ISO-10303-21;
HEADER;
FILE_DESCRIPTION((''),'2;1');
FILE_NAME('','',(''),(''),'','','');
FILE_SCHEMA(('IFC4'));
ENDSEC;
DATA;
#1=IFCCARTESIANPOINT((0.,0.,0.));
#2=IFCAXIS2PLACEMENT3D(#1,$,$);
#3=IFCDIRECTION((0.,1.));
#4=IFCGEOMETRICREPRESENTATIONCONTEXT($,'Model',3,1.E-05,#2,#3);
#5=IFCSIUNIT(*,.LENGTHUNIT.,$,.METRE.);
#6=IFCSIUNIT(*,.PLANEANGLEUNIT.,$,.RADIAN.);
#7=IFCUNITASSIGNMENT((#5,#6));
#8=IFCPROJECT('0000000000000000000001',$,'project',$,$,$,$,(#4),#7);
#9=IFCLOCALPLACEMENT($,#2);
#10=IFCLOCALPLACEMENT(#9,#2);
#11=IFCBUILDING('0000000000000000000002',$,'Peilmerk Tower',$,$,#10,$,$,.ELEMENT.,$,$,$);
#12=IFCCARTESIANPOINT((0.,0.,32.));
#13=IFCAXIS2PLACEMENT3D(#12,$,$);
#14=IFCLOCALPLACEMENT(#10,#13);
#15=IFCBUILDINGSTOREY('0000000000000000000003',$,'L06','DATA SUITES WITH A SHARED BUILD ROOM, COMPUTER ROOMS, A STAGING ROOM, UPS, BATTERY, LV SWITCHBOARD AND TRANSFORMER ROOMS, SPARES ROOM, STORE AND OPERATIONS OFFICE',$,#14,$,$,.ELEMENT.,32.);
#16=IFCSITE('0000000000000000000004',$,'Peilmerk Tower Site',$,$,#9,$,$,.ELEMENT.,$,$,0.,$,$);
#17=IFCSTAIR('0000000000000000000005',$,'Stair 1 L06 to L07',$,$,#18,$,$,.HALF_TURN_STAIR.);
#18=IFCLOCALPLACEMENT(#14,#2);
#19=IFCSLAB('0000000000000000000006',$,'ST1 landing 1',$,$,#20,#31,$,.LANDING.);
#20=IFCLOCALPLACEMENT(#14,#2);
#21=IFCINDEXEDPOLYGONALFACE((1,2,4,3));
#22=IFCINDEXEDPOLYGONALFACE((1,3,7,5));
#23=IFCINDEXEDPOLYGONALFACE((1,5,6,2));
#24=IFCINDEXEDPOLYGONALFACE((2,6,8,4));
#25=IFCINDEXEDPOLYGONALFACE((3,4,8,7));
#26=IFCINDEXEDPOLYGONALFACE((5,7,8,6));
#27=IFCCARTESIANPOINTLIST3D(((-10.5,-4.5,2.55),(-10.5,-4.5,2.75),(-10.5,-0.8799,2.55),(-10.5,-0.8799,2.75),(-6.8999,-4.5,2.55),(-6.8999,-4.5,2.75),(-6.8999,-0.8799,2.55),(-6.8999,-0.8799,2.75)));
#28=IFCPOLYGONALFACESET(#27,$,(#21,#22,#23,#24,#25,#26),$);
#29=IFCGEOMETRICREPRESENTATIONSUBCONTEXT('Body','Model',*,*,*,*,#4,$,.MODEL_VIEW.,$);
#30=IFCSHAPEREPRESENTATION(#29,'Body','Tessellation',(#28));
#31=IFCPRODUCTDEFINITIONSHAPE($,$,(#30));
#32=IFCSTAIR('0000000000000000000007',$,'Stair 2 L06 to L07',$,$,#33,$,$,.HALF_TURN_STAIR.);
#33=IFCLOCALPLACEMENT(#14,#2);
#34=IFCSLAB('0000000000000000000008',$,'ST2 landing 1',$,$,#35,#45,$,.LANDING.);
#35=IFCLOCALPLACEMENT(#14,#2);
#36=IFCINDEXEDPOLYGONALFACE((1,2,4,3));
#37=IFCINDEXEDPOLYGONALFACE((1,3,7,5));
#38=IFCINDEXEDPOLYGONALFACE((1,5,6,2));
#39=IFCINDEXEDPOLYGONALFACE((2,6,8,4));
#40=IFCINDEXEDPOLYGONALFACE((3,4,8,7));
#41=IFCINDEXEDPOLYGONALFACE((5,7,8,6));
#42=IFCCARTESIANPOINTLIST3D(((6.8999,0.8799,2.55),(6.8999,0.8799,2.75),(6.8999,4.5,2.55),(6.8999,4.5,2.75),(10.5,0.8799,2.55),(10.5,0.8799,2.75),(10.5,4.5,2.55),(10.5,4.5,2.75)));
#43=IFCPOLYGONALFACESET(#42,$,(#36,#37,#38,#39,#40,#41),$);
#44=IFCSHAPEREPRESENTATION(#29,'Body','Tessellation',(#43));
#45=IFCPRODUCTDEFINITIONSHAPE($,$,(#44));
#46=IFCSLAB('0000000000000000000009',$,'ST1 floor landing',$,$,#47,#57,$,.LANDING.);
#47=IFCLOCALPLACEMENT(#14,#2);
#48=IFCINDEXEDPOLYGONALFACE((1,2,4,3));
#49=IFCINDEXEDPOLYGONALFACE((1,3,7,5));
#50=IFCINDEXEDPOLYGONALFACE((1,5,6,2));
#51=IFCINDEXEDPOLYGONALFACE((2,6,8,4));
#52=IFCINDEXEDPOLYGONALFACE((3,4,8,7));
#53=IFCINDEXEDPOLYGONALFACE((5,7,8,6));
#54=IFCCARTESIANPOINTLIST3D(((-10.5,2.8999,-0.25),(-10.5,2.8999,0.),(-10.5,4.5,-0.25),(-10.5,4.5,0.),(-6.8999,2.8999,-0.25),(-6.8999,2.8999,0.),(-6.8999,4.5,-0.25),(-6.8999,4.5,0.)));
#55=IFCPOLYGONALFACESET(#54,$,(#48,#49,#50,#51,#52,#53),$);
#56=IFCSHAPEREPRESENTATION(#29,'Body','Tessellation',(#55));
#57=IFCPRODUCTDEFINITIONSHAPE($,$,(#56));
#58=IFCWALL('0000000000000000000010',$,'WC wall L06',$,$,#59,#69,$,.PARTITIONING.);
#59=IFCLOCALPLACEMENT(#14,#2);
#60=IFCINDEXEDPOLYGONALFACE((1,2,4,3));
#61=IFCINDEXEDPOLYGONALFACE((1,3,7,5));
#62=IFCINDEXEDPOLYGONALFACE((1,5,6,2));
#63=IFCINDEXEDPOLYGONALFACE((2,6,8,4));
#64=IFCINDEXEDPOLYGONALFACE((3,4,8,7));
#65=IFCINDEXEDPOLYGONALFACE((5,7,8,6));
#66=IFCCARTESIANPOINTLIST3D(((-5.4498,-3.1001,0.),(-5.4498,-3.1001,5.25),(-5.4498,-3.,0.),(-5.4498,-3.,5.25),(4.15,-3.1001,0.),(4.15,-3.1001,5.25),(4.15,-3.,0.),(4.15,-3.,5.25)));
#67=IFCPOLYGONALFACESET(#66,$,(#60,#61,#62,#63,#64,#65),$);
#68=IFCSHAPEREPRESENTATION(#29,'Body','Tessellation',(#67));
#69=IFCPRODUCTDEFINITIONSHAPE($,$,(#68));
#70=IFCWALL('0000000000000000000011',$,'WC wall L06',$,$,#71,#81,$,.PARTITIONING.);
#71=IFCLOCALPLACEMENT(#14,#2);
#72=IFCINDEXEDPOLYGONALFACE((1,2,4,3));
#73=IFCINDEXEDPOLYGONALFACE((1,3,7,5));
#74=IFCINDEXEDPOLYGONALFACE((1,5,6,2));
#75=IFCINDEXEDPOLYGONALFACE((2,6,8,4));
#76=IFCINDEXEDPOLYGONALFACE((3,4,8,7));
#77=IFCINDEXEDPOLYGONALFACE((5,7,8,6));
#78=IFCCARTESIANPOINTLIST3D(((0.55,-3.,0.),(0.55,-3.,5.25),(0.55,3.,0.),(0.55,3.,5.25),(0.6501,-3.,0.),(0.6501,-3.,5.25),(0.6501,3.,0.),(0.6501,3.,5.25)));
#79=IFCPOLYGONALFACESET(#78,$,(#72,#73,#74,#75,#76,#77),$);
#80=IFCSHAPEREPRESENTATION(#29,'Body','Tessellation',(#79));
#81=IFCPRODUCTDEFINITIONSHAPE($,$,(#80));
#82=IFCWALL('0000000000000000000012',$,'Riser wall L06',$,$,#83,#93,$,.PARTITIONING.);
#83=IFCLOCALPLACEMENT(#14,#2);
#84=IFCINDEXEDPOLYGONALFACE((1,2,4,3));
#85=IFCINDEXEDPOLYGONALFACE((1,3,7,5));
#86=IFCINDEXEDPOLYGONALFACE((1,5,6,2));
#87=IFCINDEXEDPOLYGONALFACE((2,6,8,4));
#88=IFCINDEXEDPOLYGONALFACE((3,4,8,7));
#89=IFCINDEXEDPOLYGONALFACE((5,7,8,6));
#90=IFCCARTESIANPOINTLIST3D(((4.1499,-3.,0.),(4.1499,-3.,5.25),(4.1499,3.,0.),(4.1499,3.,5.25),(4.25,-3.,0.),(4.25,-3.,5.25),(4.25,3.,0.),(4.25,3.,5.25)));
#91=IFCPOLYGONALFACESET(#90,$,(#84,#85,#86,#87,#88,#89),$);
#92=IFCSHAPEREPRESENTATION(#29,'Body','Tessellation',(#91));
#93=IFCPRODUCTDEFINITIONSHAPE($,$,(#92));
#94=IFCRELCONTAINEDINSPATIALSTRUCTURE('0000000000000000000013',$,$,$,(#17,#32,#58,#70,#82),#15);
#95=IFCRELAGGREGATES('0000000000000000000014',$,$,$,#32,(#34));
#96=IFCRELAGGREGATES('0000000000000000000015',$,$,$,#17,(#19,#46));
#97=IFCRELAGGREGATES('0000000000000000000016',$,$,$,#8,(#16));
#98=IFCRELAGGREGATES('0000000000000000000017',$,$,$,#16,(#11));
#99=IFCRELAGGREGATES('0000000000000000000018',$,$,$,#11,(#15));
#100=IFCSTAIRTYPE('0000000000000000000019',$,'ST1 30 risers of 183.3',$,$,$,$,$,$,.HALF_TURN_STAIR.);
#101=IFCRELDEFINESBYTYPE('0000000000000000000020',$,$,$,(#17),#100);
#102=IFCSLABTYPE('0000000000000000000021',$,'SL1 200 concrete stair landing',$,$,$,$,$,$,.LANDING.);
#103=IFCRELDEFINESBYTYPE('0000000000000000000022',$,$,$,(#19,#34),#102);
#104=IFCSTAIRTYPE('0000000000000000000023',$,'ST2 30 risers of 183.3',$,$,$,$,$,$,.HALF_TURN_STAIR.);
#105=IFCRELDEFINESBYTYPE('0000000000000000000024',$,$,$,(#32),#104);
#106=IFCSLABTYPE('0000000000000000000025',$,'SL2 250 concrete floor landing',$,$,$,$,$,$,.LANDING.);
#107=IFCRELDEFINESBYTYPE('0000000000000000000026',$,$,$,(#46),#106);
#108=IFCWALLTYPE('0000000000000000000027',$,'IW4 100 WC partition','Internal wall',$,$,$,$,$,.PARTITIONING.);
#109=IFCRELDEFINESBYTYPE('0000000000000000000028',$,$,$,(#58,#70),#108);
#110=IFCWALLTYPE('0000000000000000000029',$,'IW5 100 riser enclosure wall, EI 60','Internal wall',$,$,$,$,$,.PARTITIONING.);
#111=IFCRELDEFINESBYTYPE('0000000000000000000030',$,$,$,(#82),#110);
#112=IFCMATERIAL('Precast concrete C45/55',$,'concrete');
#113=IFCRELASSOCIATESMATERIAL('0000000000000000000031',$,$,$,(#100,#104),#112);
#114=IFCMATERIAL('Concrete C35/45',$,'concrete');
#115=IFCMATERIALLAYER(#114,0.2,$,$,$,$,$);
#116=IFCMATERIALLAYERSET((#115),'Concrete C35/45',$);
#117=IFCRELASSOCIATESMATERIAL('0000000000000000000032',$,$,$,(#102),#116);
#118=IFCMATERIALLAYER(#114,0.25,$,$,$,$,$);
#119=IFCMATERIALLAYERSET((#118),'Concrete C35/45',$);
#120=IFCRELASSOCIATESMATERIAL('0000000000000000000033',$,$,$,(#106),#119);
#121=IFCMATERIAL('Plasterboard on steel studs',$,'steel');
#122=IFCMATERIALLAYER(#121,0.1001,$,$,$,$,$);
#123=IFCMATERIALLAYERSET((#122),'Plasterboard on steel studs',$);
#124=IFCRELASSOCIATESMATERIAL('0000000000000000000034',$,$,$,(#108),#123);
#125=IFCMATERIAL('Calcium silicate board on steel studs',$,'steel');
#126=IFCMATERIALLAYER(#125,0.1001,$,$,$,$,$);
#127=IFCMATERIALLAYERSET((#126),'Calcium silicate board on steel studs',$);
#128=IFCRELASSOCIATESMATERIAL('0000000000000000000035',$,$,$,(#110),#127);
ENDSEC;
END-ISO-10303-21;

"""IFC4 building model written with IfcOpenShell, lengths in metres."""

from ifc_helpers import new_model, si_unit, direction, frame, frame_2d, origin, place, context, subcontext, project, spatial, polyline, rectangle, outline, extrude, material, layer, layer_set, type_object, element, aggregate, save


model = new_model("IFC4")

# Units and contexts
model_context = context("Model", 3, precision=1e-05, world=origin(), true_north=direction((0.0, 1.0)))
body_context = subcontext(model_context, "Body", "Model", "MODEL_VIEW")
ifc_project = project(units=[si_unit("LENGTHUNIT", "METRE"), si_unit("PLANEANGLEUNIT", "RADIAN")], contexts=[model_context])

# Site, building, storey
site_placement = place(None, origin())
site = spatial("IfcSite", under=ifc_project, at=site_placement, Name="Peilmerk Tower Site", CompositionType="ELEMENT", RefElevation=0.0)
building_placement = place(site_placement, origin())
building = spatial("IfcBuilding", under=site, at=building_placement, Name="Peilmerk Tower", CompositionType="ELEMENT")
storey_placement = place(building_placement, frame((0.0, 0.0, 32.0)))
storey = spatial("IfcBuildingStorey", under=building, at=storey_placement, Name="L06", Description="DATA SUITES WITH A SHARED BUILD ROOM, COMPUTER ROOMS, A STAGING ROOM, UPS, BATTERY, LV SWITCHBOARD AND TRANSFORMER ROOMS, SPARES ROOM, STORE AND OPERATIONS OFFICE", CompositionType="ELEMENT", Elevation=32.0)

# Stairs, slabs
ifc_material_1 = material(Name="Precast concrete C45/55", Category="concrete")
stair_type_1 = type_object("IfcStairType", Name="ST1 30 risers of 183.3", PredefinedType="HALF_TURN_STAIR", material=ifc_material_1)
stair_1_placement = place(storey_placement, origin())
stair_1 = element("IfcStair", 1, at=stair_1_placement, inside=storey, type_object=stair_type_1, Name="Stair 1 L06 to L07", PredefinedType="HALF_TURN_STAIR")
ifc_material_2 = material(Name="Concrete C35/45", Category="concrete")
ifc_layer_1 = layer(ifc_material_2, 0.2)
ifc_layer_set_1 = layer_set([ifc_layer_1], Name="Concrete C35/45")
slab_type_1 = type_object("IfcSlabType", Name="SL1 200 concrete stair landing", PredefinedType="LANDING", material=ifc_layer_set_1)
slab_1_placement = place(storey_placement, frame((0.0, 0.0, 2.55)))
slab_1 = element("IfcSlab", 2, at=slab_1_placement, type_object=slab_type_1, Name="ST1 landing 1", PredefinedType="LANDING", context=body_context, shape_type="SweptSolid", body=[
    extrude(outline(polyline([(-10.5, -4.5), (-6.8999, -4.5), (-6.8999, -0.8799), (-10.5, -0.8799), (-10.5, -4.5)])), origin(), (0.0, 0.0, 1.0), 0.2),
])
stair_type_2 = type_object("IfcStairType", Name="ST2 30 risers of 183.3", PredefinedType="HALF_TURN_STAIR", material=ifc_material_1)
stair_2_placement = place(storey_placement, origin())
stair_2 = element("IfcStair", 3, at=stair_2_placement, inside=storey, type_object=stair_type_2, Name="Stair 2 L06 to L07", PredefinedType="HALF_TURN_STAIR")
slab_2_placement = place(storey_placement, frame((0.0, 0.0, 2.55)))
slab_2 = element("IfcSlab", 4, at=slab_2_placement, type_object=slab_type_1, Name="ST2 landing 1", PredefinedType="LANDING", context=body_context, shape_type="SweptSolid", body=[
    extrude(outline(polyline([(6.8999, 0.8799), (10.5, 0.8799), (10.5, 4.5), (6.8999, 4.5), (6.8999, 0.8799)])), origin(), (0.0, 0.0, 1.0), 0.2),
])
aggregate(stair_2, [slab_2])

# Slab
ifc_layer_2 = layer(ifc_material_2, 0.25)
ifc_layer_set_2 = layer_set([ifc_layer_2], Name="Concrete C35/45")
slab_type_2 = type_object("IfcSlabType", Name="SL2 250 concrete floor landing", PredefinedType="LANDING", material=ifc_layer_set_2)
slab_3_placement = place(storey_placement, frame((0.0, 0.0, -0.25)))
slab_3 = element("IfcSlab", 5, at=slab_3_placement, type_object=slab_type_2, Name="ST1 floor landing", PredefinedType="LANDING", context=body_context, shape_type="SweptSolid", body=[
    extrude(outline(polyline([(-10.5, 2.8999), (-6.8999, 2.8999), (-6.8999, 4.5), (-10.5, 4.5), (-10.5, 2.8999)])), origin(), (0.0, 0.0, 1.0), 0.25),
])
aggregate(stair_1, [slab_1, slab_3])

# Walls
ifc_material_3 = material(Name="Plasterboard on steel studs", Category="steel")
ifc_layer_3 = layer(ifc_material_3, 0.1001)
ifc_layer_set_3 = layer_set([ifc_layer_3], Name="Plasterboard on steel studs")
wall_type_1 = type_object("IfcWallType", Name="IW4 100 WC partition", Description="Internal wall", PredefinedType="PARTITIONING", material=ifc_layer_set_3)
wall_1_placement = place(storey_placement, frame((4.1499, -3.05, 0.0), z_axis=(0.0, 0.0, 1.0), x_axis=(-1.0, 0.0, 0.0)))
element("IfcWall", 6, at=wall_1_placement, inside=storey, type_object=wall_type_1, Name="WC wall L06", PredefinedType="PARTITIONING", context=body_context, shape_type="SweptSolid", body=[
    extrude(rectangle(XDim=9.5999, YDim=0.1001, at=frame_2d((4.7998, 0.0))), origin(), (0.0, 0.0, 1.0), 5.25),
])
wall_2_placement = place(storey_placement, frame((0.6001, -3.0, 0.0), z_axis=(0.0, 0.0, 1.0), x_axis=(0.0, 1.0, 0.0)))
element("IfcWall", 7, at=wall_2_placement, inside=storey, type_object=wall_type_1, Name="WC wall L06", PredefinedType="PARTITIONING", context=body_context, shape_type="SweptSolid", body=[
    extrude(rectangle(XDim=6.0, YDim=0.1001, at=frame_2d((3.0, 0.0))), origin(), (0.0, 0.0, 1.0), 5.25),
])
ifc_material_4 = material(Name="Calcium silicate board on steel studs", Category="steel")
ifc_layer_4 = layer(ifc_material_4, 0.1001)
ifc_layer_set_4 = layer_set([ifc_layer_4], Name="Calcium silicate board on steel studs")
wall_type_2 = type_object("IfcWallType", Name="IW5 100 riser enclosure wall, EI 60", Description="Internal wall", PredefinedType="PARTITIONING", material=ifc_layer_set_4)
wall_3_placement = place(storey_placement, frame((4.2, -3.0, 0.0), z_axis=(0.0, 0.0, 1.0), x_axis=(0.0, 1.0, 0.0)))
element("IfcWall", 8, at=wall_3_placement, inside=storey, type_object=wall_type_2, Name="Riser wall L06", PredefinedType="PARTITIONING", context=body_context, shape_type="SweptSolid", body=[
    extrude(rectangle(XDim=6.0, YDim=0.1001, at=frame_2d((3.0, 0.0))), origin(), (0.0, 0.0, 1.0), 5.25),
])

save(model, "model.ifc")
